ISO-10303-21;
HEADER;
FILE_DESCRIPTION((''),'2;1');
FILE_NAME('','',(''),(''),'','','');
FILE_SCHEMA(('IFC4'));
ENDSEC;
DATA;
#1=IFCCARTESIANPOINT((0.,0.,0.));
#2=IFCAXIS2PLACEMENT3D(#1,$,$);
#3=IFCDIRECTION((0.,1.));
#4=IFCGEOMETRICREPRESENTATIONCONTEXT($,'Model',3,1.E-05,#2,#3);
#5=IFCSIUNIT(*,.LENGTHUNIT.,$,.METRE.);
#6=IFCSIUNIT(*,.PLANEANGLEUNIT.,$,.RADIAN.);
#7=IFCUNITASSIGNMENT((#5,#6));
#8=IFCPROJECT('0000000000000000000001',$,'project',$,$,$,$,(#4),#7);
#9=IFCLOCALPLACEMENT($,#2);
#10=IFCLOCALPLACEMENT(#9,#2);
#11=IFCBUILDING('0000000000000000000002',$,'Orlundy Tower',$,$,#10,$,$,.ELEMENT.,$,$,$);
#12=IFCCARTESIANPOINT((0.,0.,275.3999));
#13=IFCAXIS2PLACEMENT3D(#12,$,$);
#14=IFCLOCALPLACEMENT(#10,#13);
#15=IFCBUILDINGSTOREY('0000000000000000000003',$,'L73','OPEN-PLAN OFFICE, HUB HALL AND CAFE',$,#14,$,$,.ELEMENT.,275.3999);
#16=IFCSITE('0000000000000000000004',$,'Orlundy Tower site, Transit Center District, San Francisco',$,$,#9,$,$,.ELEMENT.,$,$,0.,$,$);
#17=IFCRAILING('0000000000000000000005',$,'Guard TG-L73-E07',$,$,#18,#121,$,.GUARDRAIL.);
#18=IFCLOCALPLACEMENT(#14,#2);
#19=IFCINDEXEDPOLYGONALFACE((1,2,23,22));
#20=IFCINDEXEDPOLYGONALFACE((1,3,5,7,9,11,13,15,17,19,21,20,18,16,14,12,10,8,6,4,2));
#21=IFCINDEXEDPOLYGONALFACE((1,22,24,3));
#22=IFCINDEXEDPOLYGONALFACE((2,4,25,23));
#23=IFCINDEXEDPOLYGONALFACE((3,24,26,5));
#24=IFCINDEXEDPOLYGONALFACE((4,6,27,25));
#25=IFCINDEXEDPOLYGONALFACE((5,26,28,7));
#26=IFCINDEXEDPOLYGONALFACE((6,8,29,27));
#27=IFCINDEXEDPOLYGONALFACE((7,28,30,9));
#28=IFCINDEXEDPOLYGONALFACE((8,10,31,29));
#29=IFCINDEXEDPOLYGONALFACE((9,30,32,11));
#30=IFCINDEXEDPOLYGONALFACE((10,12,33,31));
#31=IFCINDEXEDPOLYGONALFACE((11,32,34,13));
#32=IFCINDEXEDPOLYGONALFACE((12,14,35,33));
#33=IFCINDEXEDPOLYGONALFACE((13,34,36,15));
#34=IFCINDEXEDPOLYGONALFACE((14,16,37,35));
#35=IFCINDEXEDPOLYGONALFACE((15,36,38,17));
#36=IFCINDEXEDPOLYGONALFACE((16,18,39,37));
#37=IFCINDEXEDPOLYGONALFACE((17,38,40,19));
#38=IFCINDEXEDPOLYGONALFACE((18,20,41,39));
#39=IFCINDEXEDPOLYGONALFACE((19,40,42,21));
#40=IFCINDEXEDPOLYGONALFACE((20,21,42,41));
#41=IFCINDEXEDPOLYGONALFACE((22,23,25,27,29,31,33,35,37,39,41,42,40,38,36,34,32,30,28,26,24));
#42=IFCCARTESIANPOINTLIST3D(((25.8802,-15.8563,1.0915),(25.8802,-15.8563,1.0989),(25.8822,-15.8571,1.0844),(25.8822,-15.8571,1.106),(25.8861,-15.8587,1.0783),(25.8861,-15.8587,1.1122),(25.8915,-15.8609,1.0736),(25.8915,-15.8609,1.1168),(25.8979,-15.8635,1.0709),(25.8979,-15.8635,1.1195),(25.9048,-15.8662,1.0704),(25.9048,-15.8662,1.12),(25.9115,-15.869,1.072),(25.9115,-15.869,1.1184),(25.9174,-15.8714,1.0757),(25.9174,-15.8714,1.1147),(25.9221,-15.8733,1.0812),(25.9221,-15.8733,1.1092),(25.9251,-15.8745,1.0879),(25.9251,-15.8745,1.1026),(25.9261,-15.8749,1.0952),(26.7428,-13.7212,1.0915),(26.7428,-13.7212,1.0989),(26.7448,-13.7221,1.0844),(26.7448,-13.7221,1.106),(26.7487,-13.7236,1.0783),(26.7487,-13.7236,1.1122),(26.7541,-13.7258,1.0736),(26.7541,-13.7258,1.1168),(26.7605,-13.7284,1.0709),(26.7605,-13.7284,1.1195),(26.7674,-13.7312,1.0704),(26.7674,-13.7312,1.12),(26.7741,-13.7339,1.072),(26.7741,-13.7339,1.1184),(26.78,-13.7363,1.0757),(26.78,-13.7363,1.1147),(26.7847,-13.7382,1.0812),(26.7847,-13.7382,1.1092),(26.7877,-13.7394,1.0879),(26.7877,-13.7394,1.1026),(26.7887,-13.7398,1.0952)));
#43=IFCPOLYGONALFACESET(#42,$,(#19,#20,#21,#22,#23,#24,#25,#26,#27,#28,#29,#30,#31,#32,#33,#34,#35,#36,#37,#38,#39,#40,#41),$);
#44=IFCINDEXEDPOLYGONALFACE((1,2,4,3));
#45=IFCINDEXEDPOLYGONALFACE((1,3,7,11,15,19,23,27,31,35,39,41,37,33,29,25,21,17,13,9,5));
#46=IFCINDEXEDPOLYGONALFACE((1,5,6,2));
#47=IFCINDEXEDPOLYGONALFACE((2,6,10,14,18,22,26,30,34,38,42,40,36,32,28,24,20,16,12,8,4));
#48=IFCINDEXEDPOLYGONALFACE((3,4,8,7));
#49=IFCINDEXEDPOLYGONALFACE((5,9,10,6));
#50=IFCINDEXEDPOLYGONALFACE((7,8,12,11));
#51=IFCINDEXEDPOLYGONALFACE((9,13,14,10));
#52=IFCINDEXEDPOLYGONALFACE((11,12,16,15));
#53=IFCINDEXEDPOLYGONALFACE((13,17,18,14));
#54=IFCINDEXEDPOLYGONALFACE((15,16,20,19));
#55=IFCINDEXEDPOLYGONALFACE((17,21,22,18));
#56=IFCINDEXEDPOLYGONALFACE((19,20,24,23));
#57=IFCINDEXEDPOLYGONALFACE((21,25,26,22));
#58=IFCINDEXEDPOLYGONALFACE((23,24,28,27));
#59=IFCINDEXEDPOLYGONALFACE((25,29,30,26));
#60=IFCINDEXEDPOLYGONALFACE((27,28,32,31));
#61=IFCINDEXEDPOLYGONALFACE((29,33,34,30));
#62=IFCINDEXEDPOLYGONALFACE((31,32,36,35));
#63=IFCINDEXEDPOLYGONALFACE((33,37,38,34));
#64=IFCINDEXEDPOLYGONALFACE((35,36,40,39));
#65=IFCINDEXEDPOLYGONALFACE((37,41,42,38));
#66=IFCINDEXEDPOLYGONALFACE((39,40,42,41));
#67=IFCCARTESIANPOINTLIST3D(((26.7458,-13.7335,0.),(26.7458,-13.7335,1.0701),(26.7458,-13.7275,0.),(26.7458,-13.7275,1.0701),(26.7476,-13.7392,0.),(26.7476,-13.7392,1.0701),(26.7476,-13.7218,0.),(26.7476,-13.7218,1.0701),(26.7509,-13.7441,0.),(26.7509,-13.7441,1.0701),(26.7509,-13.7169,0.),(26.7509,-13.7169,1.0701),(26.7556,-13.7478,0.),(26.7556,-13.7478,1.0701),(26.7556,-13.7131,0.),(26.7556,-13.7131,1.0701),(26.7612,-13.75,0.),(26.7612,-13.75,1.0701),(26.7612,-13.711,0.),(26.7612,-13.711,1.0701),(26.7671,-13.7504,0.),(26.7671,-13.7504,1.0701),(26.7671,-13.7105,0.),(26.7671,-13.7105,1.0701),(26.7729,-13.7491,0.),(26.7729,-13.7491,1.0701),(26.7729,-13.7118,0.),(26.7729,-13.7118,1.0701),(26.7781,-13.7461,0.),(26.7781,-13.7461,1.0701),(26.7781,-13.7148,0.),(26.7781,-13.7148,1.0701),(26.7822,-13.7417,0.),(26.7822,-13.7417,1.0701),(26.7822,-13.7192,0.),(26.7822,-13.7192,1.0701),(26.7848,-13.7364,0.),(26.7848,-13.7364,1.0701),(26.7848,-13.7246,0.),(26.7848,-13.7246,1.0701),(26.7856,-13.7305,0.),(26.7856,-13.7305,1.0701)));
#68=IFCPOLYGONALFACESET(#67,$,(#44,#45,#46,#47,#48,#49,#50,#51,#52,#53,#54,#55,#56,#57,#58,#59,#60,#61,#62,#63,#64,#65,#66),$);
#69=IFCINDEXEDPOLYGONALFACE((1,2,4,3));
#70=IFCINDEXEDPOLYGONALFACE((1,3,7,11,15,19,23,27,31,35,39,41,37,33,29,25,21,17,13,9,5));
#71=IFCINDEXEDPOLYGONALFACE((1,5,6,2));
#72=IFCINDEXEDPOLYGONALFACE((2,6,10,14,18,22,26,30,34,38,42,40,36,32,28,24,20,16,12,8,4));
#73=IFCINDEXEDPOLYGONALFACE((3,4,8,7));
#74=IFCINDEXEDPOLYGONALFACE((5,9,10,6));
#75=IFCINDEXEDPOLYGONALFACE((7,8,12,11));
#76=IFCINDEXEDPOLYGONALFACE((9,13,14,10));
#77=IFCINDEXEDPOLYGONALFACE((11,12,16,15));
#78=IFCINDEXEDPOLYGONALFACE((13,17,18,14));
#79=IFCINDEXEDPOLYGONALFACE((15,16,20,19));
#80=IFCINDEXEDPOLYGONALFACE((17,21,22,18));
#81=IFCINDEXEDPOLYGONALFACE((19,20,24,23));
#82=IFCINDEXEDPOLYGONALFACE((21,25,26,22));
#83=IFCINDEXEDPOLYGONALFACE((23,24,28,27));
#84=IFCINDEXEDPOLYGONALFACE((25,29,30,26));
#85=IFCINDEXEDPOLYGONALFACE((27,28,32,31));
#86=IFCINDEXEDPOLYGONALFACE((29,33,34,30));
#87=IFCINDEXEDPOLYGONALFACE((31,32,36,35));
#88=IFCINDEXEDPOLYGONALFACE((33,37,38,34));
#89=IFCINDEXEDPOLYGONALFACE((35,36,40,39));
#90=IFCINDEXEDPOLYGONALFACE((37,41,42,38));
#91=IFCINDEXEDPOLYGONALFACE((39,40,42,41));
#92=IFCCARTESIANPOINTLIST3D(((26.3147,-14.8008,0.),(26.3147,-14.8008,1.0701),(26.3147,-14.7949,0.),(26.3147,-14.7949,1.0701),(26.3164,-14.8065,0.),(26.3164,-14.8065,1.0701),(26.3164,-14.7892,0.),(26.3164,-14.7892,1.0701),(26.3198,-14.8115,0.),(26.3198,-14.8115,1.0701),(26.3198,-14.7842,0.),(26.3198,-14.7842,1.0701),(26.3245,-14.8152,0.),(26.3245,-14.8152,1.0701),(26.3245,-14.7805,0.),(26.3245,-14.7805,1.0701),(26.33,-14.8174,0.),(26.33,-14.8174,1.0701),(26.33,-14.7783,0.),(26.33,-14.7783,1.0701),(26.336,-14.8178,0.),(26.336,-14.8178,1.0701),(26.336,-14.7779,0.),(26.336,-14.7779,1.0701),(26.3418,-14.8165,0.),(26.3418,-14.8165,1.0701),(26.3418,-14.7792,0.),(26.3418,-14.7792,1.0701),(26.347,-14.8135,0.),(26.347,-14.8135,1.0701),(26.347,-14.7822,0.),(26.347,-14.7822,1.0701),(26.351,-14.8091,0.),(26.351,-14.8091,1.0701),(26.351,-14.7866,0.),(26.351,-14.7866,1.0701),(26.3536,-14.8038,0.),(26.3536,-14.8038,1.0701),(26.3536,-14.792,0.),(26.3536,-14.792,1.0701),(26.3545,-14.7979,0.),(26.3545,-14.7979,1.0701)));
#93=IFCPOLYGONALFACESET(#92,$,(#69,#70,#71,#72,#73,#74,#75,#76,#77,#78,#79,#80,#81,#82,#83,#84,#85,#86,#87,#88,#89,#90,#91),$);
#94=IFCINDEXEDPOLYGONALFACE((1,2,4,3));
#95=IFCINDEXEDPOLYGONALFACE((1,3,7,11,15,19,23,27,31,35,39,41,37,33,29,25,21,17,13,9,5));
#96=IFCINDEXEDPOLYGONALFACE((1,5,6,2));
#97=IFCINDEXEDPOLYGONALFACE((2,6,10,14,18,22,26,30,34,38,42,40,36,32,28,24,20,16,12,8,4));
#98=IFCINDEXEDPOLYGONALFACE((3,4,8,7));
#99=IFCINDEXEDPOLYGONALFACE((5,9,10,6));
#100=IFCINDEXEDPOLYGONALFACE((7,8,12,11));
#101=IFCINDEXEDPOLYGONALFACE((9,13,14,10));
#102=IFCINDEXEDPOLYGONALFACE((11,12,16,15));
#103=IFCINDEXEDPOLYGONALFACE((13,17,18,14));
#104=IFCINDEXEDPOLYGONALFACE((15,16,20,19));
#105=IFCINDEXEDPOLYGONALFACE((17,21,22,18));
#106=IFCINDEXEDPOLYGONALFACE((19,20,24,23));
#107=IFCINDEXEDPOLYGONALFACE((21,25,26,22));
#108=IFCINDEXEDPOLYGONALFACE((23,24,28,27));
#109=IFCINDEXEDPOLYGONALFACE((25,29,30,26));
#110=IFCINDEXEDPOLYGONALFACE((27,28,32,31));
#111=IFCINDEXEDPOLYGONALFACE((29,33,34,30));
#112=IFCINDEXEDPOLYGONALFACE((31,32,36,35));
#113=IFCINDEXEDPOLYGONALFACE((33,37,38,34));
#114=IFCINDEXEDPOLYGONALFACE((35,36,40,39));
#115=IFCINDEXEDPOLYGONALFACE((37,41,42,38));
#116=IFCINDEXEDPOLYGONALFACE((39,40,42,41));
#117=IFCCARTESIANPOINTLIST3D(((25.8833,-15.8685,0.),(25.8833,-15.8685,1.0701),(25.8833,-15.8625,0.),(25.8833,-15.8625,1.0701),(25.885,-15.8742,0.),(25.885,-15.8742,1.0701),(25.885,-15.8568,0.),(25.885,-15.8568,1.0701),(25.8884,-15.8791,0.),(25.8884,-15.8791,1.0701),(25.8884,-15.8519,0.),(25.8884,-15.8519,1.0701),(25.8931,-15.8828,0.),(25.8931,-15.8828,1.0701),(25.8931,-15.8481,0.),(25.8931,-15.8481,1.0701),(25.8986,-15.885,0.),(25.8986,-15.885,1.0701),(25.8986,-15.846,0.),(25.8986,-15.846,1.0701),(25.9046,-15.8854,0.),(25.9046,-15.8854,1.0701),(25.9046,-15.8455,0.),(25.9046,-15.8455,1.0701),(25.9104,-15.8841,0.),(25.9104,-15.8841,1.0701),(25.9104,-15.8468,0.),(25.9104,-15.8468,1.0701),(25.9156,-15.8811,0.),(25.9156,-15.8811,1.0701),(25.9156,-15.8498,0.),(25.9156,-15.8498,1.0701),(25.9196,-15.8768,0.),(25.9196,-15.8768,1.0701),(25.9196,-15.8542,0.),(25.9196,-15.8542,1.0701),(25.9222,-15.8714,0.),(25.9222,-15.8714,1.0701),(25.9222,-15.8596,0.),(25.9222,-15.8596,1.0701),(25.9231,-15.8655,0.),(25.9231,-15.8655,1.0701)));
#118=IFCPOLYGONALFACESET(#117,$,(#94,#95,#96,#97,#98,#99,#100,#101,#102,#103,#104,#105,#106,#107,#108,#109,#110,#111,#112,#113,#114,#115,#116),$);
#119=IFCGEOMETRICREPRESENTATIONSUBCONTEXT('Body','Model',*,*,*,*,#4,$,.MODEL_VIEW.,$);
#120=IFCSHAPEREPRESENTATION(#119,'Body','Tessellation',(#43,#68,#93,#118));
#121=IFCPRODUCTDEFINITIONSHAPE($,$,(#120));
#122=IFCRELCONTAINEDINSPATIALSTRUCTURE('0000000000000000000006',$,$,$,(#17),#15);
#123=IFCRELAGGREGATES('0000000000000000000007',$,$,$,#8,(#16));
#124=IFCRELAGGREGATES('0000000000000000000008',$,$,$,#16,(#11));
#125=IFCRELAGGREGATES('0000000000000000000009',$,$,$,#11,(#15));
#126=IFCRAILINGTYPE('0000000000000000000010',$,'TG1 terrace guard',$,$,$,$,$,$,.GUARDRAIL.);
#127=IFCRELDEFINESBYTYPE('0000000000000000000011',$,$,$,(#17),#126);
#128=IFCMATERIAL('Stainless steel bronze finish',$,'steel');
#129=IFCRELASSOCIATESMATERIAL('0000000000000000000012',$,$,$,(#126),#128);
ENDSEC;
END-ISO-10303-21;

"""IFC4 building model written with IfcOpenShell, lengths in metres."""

from ifc_helpers import new_model, si_unit, direction, frame, origin, origin_2d, place, context, subcontext, project, spatial, circle, extrude, material, type_object, element, save


model = new_model("IFC4")

# Units and contexts
model_context = context("Model", 3, precision=1e-05, world=origin(), true_north=direction((0.0, 1.0)))
body_context = subcontext(model_context, "Body", "Model", "MODEL_VIEW")
ifc_project = project(units=[si_unit("LENGTHUNIT", "METRE"), si_unit("PLANEANGLEUNIT", "RADIAN")], contexts=[model_context])

# Site, building, storey
site_placement = place(None, origin())
site = spatial("IfcSite", under=ifc_project, at=site_placement, Name="Orlundy Tower site, Transit Center District, San Francisco", CompositionType="ELEMENT", RefElevation=0.0)
building_placement = place(site_placement, origin())
building = spatial("IfcBuilding", under=site, at=building_placement, Name="Orlundy Tower", CompositionType="ELEMENT")
storey_placement = place(building_placement, frame((0.0, 0.0, 275.3999)))
storey = spatial("IfcBuildingStorey", under=building, at=storey_placement, Name="L73", Description="OPEN-PLAN OFFICE, HUB HALL AND CAFE", CompositionType="ELEMENT", Elevation=275.3999)

# Railing
ifc_material_1 = material(Name="Stainless steel bronze finish", Category="steel")
railing_type = type_object("IfcRailingType", Name="TG1 terrace guard", PredefinedType="GUARDRAIL", material=ifc_material_1)
railing_placement = place(storey_placement, frame((26.7656, -13.7305, 0.0)))
element("IfcRailing", 1, at=railing_placement, inside=storey, type_object=railing_type, Name="Guard TG-L73-E07", PredefinedType="GUARDRAIL", context=body_context, shape_type="SweptSolid", body=[
    extrude(circle(Radius=0.0249, at=origin_2d()), frame((0.0, 0.0, 1.0952), z_axis=(-0.374588, -0.927192, 0.0), x_axis=(0.927192, -0.374588, 0.0)), (0.0, 0.0, 1.0), 2.3027),
    extrude(circle(Radius=0.02, at=origin_2d()), origin(), (0.0, 0.0, 1.0), 1.0701),
    extrude(circle(Radius=0.02, at=origin_2d()), frame((-0.4312, -1.0674, 0.0)), (0.0, 0.0, 1.0), 1.0701),
    extrude(circle(Radius=0.02, at=origin_2d()), frame((-0.8625, -2.135, 0.0)), (0.0, 0.0, 1.0), 1.0701),
])

save(model, "model.ifc")
